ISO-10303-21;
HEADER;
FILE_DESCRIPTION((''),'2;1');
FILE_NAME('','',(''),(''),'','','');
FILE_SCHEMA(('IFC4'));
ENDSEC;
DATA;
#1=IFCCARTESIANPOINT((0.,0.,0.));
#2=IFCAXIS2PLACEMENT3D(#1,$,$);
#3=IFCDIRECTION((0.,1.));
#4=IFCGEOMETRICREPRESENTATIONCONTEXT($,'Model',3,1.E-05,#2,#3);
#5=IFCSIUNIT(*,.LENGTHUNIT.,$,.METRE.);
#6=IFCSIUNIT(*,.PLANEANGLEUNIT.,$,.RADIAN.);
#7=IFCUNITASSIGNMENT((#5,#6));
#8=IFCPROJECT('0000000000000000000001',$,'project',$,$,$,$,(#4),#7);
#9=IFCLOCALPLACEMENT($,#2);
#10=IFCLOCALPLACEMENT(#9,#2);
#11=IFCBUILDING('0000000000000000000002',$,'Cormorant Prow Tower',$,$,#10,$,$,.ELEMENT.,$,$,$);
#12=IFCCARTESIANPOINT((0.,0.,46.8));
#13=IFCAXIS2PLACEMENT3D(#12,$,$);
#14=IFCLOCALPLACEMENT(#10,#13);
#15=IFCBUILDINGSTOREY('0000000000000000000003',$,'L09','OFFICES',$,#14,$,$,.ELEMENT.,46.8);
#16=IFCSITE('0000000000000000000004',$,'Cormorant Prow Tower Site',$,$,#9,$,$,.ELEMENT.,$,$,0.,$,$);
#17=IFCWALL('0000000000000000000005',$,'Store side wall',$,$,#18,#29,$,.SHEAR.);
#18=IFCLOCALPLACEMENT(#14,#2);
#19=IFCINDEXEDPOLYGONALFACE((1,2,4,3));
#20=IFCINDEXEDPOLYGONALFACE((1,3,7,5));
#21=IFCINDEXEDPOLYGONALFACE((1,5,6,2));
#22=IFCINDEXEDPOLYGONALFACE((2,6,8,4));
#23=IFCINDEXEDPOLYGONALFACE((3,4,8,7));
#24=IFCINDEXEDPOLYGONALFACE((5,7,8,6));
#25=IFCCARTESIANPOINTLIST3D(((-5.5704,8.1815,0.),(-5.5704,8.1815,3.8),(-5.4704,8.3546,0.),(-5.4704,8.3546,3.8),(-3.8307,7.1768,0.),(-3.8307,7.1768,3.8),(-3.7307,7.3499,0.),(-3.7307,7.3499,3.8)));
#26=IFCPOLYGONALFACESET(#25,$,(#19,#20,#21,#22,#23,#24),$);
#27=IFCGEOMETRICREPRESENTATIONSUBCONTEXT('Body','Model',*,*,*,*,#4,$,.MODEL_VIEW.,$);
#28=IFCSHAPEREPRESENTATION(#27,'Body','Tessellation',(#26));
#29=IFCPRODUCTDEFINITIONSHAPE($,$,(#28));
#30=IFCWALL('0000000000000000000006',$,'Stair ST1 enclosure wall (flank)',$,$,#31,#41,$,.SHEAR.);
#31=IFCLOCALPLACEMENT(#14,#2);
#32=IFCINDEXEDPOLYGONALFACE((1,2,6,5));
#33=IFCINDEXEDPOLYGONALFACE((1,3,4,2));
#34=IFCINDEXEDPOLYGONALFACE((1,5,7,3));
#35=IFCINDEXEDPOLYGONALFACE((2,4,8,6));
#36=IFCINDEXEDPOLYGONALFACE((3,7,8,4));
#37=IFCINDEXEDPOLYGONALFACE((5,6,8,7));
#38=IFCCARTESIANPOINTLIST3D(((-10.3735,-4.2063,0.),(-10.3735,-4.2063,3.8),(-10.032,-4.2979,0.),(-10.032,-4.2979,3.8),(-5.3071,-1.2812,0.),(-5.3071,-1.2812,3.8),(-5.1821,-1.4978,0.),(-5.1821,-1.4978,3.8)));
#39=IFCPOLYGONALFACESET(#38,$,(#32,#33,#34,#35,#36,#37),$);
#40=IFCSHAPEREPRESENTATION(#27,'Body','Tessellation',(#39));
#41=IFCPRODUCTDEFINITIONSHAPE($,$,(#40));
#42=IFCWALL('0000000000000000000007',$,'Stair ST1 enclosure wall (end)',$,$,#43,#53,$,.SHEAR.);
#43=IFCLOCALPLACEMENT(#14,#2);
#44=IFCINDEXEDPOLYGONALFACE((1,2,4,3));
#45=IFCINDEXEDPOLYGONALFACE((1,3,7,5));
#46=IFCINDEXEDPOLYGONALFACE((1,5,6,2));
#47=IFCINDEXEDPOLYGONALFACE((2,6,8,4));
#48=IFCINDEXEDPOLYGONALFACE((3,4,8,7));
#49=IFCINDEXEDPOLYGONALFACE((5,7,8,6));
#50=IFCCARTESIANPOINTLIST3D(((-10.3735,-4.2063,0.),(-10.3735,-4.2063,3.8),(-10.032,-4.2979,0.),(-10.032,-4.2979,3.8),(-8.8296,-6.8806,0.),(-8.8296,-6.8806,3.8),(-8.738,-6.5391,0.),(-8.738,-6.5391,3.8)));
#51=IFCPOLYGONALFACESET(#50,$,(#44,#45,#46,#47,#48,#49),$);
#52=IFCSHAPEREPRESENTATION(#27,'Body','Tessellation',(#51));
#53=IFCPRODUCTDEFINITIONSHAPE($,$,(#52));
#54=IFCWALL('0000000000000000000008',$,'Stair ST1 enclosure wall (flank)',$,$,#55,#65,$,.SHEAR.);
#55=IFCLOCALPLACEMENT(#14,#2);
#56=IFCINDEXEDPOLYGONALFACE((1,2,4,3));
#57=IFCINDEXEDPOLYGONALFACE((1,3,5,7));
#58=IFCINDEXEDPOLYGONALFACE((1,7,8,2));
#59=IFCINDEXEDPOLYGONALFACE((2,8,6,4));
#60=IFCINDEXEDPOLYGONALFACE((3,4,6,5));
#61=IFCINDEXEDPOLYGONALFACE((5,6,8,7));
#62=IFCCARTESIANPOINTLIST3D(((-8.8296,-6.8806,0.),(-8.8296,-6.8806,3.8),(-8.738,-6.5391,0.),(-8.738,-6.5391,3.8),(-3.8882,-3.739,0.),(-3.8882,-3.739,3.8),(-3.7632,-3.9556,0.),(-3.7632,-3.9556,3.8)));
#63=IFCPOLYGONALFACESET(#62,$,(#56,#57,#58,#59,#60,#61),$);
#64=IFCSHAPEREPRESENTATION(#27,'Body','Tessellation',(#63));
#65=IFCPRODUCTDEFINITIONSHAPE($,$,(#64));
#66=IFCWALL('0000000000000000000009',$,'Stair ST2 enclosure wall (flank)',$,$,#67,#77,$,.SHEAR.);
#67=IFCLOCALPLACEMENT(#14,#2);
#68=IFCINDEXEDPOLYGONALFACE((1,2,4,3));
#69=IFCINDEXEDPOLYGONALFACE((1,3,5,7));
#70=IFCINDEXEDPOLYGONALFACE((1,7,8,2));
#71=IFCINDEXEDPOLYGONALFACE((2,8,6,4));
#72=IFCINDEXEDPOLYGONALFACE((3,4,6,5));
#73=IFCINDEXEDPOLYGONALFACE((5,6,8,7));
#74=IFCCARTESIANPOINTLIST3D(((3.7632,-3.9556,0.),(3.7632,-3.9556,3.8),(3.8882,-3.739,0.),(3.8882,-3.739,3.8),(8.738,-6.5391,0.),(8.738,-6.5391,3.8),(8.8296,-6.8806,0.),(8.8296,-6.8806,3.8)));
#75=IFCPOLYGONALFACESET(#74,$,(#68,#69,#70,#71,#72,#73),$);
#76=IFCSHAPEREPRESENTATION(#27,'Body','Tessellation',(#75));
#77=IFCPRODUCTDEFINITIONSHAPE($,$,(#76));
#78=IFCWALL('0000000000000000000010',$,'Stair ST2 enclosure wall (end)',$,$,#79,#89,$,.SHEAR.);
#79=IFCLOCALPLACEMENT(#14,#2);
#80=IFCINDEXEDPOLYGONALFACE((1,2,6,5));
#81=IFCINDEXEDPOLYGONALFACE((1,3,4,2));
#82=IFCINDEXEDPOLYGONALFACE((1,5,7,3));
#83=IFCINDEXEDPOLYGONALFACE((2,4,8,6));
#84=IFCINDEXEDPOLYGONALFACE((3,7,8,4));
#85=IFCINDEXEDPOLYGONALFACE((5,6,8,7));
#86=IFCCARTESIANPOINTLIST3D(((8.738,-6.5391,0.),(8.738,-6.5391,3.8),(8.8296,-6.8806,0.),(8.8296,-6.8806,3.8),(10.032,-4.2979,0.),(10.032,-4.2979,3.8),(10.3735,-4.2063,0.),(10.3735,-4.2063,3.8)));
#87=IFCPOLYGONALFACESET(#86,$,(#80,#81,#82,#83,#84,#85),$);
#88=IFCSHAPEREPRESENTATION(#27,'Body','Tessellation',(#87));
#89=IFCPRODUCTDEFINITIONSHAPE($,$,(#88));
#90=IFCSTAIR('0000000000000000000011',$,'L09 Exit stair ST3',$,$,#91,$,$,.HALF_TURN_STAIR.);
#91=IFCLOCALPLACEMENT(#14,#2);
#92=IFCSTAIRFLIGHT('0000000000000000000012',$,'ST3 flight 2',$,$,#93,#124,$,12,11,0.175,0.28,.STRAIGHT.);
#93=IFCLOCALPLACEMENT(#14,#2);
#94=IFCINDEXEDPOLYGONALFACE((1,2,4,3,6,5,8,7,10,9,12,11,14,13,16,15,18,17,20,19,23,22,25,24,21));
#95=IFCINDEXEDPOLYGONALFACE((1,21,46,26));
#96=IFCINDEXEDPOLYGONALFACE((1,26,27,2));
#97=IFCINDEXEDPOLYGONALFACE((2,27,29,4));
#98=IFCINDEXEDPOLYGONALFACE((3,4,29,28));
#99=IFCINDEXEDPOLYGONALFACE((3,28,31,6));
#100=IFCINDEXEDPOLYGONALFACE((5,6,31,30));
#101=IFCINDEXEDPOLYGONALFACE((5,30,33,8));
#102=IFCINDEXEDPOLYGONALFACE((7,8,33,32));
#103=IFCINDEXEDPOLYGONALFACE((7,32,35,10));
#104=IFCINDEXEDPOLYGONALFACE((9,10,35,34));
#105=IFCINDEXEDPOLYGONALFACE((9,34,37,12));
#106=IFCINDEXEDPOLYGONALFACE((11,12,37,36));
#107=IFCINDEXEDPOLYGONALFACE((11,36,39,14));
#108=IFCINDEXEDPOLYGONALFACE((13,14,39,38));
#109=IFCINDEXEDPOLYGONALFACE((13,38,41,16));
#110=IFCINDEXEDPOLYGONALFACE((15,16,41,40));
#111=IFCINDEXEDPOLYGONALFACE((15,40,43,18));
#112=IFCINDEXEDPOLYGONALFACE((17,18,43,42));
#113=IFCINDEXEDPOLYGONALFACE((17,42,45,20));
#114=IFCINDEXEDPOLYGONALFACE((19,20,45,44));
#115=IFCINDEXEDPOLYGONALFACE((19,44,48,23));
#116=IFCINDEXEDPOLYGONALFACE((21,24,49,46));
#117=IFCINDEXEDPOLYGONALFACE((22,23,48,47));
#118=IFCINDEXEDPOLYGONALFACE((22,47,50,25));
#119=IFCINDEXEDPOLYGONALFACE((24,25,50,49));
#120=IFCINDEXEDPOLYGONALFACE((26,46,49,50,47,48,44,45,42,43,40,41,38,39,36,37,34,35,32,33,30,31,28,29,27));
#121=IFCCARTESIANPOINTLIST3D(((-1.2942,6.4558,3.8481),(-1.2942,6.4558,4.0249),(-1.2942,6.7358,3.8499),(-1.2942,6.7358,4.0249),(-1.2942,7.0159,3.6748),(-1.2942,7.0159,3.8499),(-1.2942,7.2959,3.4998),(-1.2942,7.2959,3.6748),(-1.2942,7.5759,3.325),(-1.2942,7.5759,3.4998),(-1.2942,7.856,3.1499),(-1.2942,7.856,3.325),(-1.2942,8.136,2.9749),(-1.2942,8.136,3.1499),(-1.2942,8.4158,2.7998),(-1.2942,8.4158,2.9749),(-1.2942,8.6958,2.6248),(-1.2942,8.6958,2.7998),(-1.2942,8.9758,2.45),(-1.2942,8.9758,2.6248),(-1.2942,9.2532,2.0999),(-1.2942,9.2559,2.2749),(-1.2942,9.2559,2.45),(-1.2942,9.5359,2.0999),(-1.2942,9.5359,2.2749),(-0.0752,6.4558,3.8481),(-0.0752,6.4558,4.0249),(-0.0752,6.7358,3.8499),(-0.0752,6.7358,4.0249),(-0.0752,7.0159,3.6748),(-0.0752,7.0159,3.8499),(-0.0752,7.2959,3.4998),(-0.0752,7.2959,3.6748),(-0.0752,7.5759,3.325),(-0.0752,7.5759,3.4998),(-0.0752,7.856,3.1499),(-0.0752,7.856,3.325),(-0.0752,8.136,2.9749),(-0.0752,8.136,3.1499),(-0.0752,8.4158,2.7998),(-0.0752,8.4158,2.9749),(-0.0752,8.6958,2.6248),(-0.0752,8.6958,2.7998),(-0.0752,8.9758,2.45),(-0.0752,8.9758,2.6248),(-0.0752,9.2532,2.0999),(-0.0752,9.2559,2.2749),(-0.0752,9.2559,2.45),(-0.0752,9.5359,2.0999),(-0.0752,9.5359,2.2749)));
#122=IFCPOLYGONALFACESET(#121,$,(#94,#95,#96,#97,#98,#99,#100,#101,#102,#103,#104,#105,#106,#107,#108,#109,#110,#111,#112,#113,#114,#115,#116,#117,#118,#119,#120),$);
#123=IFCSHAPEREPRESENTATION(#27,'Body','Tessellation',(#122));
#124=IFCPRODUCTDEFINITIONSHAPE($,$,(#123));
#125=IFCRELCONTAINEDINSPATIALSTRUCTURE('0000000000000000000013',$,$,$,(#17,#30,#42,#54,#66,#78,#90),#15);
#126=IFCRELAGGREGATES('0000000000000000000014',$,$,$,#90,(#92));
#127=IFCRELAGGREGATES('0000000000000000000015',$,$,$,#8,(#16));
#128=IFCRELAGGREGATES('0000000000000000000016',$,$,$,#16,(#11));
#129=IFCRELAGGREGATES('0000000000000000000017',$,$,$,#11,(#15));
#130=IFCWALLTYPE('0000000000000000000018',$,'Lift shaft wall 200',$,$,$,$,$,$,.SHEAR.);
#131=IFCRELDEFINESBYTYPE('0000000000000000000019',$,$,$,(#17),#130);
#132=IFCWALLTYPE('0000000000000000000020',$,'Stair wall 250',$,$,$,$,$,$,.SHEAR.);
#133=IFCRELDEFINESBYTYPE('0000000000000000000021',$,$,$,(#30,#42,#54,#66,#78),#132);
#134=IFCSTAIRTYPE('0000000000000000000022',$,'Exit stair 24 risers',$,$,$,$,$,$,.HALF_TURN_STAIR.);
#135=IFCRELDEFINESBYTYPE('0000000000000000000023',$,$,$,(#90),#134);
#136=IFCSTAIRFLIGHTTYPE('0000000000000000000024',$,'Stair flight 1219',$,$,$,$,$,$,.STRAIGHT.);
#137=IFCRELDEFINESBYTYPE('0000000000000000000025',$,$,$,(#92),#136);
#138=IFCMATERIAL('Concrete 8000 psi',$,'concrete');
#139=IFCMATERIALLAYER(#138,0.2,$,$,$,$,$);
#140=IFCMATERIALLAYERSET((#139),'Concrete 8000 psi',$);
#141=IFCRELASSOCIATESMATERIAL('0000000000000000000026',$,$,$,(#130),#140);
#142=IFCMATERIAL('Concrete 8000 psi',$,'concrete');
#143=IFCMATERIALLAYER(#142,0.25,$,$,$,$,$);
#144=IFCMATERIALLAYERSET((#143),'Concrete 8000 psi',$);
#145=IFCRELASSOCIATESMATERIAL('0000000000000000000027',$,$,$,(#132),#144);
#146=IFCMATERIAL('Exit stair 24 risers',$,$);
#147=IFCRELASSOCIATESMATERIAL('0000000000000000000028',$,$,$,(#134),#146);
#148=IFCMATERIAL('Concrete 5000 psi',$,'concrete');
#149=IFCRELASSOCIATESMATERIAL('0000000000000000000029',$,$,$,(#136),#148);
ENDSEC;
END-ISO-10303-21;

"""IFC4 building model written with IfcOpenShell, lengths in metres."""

from ifc_helpers import new_model, si_unit, direction, frame, frame_2d, origin, place, context, subcontext, project, spatial, polyline, rectangle, outline, extrude, material, layer, layer_set, type_object, element, aggregate, save


model = new_model("IFC4")

# Units and contexts
model_context = context("Model", 3, precision=1e-05, world=origin(), true_north=direction((0.0, 1.0)))
body_context = subcontext(model_context, "Body", "Model", "MODEL_VIEW")
ifc_project = project(units=[si_unit("LENGTHUNIT", "METRE"), si_unit("PLANEANGLEUNIT", "RADIAN")], contexts=[model_context])

# Site, building, storey
site_placement = place(None, origin())
site = spatial("IfcSite", under=ifc_project, at=site_placement, Name="Cormorant Prow Tower Site", CompositionType="ELEMENT", RefElevation=0.0)
building_placement = place(site_placement, origin())
building = spatial("IfcBuilding", under=site, at=building_placement, Name="Cormorant Prow Tower", CompositionType="ELEMENT")
storey_placement = place(building_placement, frame((0.0, 0.0, 46.8)))
storey = spatial("IfcBuildingStorey", under=building, at=storey_placement, Name="L09", Description="OFFICES", CompositionType="ELEMENT", Elevation=46.8)

# Walls
ifc_material_1 = material(Name="Concrete 8000 psi", Category="concrete")
ifc_layer_1 = layer(ifc_material_1, 0.2)
ifc_layer_set_1 = layer_set([ifc_layer_1], Name="Concrete 8000 psi")
wall_type_1 = type_object("IfcWallType", Name="Lift shaft wall 200", PredefinedType="SHEAR", material=ifc_layer_set_1)
wall_1_placement = place(storey_placement, frame((-3.7808, 7.2634, 0.0), z_axis=(0.0, 0.0, 1.0), x_axis=(-0.865983, 0.500073, 0.0)))
element("IfcWall", 1, at=wall_1_placement, inside=storey, type_object=wall_type_1, Name="Store side wall", PredefinedType="SHEAR", context=body_context, shape_type="SweptSolid", body=[
    extrude(rectangle(XDim=2.009, YDim=0.2, at=frame_2d((1.0044, 0.0))), origin(), (0.0, 0.0, 1.0), 3.8),
])
ifc_material_2 = material(Name="Concrete 8000 psi", Category="concrete")
ifc_layer_2 = layer(ifc_material_2, 0.25)
ifc_layer_set_2 = layer_set([ifc_layer_2], Name="Concrete 8000 psi")
wall_type_2 = type_object("IfcWallType", Name="Stair wall 250", PredefinedType="SHEAR", material=ifc_layer_set_2)
wall_2_placement = place(storey_placement, origin())
element("IfcWall", 2, at=wall_2_placement, inside=storey, type_object=wall_type_2, Name="Stair ST1 enclosure wall (flank)", PredefinedType="SHEAR", context=body_context, shape_type="SweptSolid", body=[
    extrude(outline(polyline([(-5.3071, -1.2812), (-10.3735, -4.2063), (-10.032, -4.2979), (-5.1821, -1.4978), (-5.3071, -1.2812)])), origin(), (0.0, 0.0, 1.0), 3.8),
])
wall_3_placement = place(storey_placement, origin())
element("IfcWall", 3, at=wall_3_placement, inside=storey, type_object=wall_type_2, Name="Stair ST1 enclosure wall (end)", PredefinedType="SHEAR", context=body_context, shape_type="SweptSolid", body=[
    extrude(outline(polyline([(-10.3735, -4.2063), (-8.8296, -6.8806), (-8.738, -6.5391), (-10.032, -4.2979), (-10.3735, -4.2063)])), origin(), (0.0, 0.0, 1.0), 3.8),
])
wall_4_placement = place(storey_placement, origin())
element("IfcWall", 4, at=wall_4_placement, inside=storey, type_object=wall_type_2, Name="Stair ST1 enclosure wall (flank)", PredefinedType="SHEAR", context=body_context, shape_type="SweptSolid", body=[
    extrude(outline(polyline([(-8.738, -6.5391), (-8.8296, -6.8806), (-3.7632, -3.9556), (-3.8882, -3.739), (-8.738, -6.5391)])), origin(), (0.0, 0.0, 1.0), 3.8),
])
wall_5_placement = place(storey_placement, origin())
element("IfcWall", 5, at=wall_5_placement, inside=storey, type_object=wall_type_2, Name="Stair ST2 enclosure wall (flank)", PredefinedType="SHEAR", context=body_context, shape_type="SweptSolid", body=[
    extrude(outline(polyline([(3.7632, -3.9556), (8.8296, -6.8806), (8.738, -6.5391), (3.8882, -3.739), (3.7632, -3.9556)])), origin(), (0.0, 0.0, 1.0), 3.8),
])
wall_6_placement = place(storey_placement, origin())
element("IfcWall", 6, at=wall_6_placement, inside=storey, type_object=wall_type_2, Name="Stair ST2 enclosure wall (end)", PredefinedType="SHEAR", context=body_context, shape_type="SweptSolid", body=[
    extrude(outline(polyline([(8.8296, -6.8806), (10.3735, -4.2063), (10.032, -4.2979), (8.738, -6.5391), (8.8296, -6.8806)])), origin(), (0.0, 0.0, 1.0), 3.8),
])

# Stair, stair flight
ifc_material_3 = material(Name="Exit stair 24 risers")
stair_type = type_object("IfcStairType", Name="Exit stair 24 risers", PredefinedType="HALF_TURN_STAIR", material=ifc_material_3)
stair_placement = place(storey_placement, origin())
stair = element("IfcStair", 7, at=stair_placement, inside=storey, type_object=stair_type, Name="L09 Exit stair ST3", PredefinedType="HALF_TURN_STAIR")
ifc_material_4 = material(Name="Concrete 5000 psi", Category="concrete")
stair_flight_type = type_object("IfcStairFlightType", Name="Stair flight 1219", PredefinedType="STRAIGHT", material=ifc_material_4)
stair_flight_placement = place(storey_placement, frame((-0.6846, 9.5359, 2.0999), z_axis=(0.0, 0.0, 1.0), x_axis=(0.0, -1.0, 0.0)))
stair_flight = element("IfcStairFlight", 8, at=stair_flight_placement, type_object=stair_flight_type, Name="ST3 flight 2", NumberOfRisers=12, NumberOfTreads=11, PredefinedType="STRAIGHT", RiserHeight=0.175, TreadLength=0.28, context=body_context, shape_type="SweptSolid", body=[
    extrude(outline(polyline([(0.0, 0.0), (0.0, 0.175), (0.28, 0.175), (0.28, 0.3501), (0.5601, 0.3501), (0.5601, 0.5249), (0.8401, 0.5249), (0.8401, 0.7), (1.1201, 0.7), (1.1201, 0.875), (1.3999, 0.875), (1.3999, 1.05), (1.6799, 1.05), (1.6799, 1.2251), (1.96, 1.2251), (1.96, 1.3999), (2.24, 1.3999), (2.24, 1.575), (2.52, 1.575), (2.52, 1.75), (2.8, 1.75), (2.8, 1.925), (3.0801, 1.925), (3.0801, 2.1001), (3.0801, 1.7483), (0.2827, 0.0), (0.0, 0.0)])), frame((0.0, 0.6094, 0.0), z_axis=(0.0, -1.0, 0.0), x_axis=(1.0, 0.0, 0.0)), (0.0, 0.0, 1.0), 1.219),
])
aggregate(stair, [stair_flight])

save(model, "model.ifc")
